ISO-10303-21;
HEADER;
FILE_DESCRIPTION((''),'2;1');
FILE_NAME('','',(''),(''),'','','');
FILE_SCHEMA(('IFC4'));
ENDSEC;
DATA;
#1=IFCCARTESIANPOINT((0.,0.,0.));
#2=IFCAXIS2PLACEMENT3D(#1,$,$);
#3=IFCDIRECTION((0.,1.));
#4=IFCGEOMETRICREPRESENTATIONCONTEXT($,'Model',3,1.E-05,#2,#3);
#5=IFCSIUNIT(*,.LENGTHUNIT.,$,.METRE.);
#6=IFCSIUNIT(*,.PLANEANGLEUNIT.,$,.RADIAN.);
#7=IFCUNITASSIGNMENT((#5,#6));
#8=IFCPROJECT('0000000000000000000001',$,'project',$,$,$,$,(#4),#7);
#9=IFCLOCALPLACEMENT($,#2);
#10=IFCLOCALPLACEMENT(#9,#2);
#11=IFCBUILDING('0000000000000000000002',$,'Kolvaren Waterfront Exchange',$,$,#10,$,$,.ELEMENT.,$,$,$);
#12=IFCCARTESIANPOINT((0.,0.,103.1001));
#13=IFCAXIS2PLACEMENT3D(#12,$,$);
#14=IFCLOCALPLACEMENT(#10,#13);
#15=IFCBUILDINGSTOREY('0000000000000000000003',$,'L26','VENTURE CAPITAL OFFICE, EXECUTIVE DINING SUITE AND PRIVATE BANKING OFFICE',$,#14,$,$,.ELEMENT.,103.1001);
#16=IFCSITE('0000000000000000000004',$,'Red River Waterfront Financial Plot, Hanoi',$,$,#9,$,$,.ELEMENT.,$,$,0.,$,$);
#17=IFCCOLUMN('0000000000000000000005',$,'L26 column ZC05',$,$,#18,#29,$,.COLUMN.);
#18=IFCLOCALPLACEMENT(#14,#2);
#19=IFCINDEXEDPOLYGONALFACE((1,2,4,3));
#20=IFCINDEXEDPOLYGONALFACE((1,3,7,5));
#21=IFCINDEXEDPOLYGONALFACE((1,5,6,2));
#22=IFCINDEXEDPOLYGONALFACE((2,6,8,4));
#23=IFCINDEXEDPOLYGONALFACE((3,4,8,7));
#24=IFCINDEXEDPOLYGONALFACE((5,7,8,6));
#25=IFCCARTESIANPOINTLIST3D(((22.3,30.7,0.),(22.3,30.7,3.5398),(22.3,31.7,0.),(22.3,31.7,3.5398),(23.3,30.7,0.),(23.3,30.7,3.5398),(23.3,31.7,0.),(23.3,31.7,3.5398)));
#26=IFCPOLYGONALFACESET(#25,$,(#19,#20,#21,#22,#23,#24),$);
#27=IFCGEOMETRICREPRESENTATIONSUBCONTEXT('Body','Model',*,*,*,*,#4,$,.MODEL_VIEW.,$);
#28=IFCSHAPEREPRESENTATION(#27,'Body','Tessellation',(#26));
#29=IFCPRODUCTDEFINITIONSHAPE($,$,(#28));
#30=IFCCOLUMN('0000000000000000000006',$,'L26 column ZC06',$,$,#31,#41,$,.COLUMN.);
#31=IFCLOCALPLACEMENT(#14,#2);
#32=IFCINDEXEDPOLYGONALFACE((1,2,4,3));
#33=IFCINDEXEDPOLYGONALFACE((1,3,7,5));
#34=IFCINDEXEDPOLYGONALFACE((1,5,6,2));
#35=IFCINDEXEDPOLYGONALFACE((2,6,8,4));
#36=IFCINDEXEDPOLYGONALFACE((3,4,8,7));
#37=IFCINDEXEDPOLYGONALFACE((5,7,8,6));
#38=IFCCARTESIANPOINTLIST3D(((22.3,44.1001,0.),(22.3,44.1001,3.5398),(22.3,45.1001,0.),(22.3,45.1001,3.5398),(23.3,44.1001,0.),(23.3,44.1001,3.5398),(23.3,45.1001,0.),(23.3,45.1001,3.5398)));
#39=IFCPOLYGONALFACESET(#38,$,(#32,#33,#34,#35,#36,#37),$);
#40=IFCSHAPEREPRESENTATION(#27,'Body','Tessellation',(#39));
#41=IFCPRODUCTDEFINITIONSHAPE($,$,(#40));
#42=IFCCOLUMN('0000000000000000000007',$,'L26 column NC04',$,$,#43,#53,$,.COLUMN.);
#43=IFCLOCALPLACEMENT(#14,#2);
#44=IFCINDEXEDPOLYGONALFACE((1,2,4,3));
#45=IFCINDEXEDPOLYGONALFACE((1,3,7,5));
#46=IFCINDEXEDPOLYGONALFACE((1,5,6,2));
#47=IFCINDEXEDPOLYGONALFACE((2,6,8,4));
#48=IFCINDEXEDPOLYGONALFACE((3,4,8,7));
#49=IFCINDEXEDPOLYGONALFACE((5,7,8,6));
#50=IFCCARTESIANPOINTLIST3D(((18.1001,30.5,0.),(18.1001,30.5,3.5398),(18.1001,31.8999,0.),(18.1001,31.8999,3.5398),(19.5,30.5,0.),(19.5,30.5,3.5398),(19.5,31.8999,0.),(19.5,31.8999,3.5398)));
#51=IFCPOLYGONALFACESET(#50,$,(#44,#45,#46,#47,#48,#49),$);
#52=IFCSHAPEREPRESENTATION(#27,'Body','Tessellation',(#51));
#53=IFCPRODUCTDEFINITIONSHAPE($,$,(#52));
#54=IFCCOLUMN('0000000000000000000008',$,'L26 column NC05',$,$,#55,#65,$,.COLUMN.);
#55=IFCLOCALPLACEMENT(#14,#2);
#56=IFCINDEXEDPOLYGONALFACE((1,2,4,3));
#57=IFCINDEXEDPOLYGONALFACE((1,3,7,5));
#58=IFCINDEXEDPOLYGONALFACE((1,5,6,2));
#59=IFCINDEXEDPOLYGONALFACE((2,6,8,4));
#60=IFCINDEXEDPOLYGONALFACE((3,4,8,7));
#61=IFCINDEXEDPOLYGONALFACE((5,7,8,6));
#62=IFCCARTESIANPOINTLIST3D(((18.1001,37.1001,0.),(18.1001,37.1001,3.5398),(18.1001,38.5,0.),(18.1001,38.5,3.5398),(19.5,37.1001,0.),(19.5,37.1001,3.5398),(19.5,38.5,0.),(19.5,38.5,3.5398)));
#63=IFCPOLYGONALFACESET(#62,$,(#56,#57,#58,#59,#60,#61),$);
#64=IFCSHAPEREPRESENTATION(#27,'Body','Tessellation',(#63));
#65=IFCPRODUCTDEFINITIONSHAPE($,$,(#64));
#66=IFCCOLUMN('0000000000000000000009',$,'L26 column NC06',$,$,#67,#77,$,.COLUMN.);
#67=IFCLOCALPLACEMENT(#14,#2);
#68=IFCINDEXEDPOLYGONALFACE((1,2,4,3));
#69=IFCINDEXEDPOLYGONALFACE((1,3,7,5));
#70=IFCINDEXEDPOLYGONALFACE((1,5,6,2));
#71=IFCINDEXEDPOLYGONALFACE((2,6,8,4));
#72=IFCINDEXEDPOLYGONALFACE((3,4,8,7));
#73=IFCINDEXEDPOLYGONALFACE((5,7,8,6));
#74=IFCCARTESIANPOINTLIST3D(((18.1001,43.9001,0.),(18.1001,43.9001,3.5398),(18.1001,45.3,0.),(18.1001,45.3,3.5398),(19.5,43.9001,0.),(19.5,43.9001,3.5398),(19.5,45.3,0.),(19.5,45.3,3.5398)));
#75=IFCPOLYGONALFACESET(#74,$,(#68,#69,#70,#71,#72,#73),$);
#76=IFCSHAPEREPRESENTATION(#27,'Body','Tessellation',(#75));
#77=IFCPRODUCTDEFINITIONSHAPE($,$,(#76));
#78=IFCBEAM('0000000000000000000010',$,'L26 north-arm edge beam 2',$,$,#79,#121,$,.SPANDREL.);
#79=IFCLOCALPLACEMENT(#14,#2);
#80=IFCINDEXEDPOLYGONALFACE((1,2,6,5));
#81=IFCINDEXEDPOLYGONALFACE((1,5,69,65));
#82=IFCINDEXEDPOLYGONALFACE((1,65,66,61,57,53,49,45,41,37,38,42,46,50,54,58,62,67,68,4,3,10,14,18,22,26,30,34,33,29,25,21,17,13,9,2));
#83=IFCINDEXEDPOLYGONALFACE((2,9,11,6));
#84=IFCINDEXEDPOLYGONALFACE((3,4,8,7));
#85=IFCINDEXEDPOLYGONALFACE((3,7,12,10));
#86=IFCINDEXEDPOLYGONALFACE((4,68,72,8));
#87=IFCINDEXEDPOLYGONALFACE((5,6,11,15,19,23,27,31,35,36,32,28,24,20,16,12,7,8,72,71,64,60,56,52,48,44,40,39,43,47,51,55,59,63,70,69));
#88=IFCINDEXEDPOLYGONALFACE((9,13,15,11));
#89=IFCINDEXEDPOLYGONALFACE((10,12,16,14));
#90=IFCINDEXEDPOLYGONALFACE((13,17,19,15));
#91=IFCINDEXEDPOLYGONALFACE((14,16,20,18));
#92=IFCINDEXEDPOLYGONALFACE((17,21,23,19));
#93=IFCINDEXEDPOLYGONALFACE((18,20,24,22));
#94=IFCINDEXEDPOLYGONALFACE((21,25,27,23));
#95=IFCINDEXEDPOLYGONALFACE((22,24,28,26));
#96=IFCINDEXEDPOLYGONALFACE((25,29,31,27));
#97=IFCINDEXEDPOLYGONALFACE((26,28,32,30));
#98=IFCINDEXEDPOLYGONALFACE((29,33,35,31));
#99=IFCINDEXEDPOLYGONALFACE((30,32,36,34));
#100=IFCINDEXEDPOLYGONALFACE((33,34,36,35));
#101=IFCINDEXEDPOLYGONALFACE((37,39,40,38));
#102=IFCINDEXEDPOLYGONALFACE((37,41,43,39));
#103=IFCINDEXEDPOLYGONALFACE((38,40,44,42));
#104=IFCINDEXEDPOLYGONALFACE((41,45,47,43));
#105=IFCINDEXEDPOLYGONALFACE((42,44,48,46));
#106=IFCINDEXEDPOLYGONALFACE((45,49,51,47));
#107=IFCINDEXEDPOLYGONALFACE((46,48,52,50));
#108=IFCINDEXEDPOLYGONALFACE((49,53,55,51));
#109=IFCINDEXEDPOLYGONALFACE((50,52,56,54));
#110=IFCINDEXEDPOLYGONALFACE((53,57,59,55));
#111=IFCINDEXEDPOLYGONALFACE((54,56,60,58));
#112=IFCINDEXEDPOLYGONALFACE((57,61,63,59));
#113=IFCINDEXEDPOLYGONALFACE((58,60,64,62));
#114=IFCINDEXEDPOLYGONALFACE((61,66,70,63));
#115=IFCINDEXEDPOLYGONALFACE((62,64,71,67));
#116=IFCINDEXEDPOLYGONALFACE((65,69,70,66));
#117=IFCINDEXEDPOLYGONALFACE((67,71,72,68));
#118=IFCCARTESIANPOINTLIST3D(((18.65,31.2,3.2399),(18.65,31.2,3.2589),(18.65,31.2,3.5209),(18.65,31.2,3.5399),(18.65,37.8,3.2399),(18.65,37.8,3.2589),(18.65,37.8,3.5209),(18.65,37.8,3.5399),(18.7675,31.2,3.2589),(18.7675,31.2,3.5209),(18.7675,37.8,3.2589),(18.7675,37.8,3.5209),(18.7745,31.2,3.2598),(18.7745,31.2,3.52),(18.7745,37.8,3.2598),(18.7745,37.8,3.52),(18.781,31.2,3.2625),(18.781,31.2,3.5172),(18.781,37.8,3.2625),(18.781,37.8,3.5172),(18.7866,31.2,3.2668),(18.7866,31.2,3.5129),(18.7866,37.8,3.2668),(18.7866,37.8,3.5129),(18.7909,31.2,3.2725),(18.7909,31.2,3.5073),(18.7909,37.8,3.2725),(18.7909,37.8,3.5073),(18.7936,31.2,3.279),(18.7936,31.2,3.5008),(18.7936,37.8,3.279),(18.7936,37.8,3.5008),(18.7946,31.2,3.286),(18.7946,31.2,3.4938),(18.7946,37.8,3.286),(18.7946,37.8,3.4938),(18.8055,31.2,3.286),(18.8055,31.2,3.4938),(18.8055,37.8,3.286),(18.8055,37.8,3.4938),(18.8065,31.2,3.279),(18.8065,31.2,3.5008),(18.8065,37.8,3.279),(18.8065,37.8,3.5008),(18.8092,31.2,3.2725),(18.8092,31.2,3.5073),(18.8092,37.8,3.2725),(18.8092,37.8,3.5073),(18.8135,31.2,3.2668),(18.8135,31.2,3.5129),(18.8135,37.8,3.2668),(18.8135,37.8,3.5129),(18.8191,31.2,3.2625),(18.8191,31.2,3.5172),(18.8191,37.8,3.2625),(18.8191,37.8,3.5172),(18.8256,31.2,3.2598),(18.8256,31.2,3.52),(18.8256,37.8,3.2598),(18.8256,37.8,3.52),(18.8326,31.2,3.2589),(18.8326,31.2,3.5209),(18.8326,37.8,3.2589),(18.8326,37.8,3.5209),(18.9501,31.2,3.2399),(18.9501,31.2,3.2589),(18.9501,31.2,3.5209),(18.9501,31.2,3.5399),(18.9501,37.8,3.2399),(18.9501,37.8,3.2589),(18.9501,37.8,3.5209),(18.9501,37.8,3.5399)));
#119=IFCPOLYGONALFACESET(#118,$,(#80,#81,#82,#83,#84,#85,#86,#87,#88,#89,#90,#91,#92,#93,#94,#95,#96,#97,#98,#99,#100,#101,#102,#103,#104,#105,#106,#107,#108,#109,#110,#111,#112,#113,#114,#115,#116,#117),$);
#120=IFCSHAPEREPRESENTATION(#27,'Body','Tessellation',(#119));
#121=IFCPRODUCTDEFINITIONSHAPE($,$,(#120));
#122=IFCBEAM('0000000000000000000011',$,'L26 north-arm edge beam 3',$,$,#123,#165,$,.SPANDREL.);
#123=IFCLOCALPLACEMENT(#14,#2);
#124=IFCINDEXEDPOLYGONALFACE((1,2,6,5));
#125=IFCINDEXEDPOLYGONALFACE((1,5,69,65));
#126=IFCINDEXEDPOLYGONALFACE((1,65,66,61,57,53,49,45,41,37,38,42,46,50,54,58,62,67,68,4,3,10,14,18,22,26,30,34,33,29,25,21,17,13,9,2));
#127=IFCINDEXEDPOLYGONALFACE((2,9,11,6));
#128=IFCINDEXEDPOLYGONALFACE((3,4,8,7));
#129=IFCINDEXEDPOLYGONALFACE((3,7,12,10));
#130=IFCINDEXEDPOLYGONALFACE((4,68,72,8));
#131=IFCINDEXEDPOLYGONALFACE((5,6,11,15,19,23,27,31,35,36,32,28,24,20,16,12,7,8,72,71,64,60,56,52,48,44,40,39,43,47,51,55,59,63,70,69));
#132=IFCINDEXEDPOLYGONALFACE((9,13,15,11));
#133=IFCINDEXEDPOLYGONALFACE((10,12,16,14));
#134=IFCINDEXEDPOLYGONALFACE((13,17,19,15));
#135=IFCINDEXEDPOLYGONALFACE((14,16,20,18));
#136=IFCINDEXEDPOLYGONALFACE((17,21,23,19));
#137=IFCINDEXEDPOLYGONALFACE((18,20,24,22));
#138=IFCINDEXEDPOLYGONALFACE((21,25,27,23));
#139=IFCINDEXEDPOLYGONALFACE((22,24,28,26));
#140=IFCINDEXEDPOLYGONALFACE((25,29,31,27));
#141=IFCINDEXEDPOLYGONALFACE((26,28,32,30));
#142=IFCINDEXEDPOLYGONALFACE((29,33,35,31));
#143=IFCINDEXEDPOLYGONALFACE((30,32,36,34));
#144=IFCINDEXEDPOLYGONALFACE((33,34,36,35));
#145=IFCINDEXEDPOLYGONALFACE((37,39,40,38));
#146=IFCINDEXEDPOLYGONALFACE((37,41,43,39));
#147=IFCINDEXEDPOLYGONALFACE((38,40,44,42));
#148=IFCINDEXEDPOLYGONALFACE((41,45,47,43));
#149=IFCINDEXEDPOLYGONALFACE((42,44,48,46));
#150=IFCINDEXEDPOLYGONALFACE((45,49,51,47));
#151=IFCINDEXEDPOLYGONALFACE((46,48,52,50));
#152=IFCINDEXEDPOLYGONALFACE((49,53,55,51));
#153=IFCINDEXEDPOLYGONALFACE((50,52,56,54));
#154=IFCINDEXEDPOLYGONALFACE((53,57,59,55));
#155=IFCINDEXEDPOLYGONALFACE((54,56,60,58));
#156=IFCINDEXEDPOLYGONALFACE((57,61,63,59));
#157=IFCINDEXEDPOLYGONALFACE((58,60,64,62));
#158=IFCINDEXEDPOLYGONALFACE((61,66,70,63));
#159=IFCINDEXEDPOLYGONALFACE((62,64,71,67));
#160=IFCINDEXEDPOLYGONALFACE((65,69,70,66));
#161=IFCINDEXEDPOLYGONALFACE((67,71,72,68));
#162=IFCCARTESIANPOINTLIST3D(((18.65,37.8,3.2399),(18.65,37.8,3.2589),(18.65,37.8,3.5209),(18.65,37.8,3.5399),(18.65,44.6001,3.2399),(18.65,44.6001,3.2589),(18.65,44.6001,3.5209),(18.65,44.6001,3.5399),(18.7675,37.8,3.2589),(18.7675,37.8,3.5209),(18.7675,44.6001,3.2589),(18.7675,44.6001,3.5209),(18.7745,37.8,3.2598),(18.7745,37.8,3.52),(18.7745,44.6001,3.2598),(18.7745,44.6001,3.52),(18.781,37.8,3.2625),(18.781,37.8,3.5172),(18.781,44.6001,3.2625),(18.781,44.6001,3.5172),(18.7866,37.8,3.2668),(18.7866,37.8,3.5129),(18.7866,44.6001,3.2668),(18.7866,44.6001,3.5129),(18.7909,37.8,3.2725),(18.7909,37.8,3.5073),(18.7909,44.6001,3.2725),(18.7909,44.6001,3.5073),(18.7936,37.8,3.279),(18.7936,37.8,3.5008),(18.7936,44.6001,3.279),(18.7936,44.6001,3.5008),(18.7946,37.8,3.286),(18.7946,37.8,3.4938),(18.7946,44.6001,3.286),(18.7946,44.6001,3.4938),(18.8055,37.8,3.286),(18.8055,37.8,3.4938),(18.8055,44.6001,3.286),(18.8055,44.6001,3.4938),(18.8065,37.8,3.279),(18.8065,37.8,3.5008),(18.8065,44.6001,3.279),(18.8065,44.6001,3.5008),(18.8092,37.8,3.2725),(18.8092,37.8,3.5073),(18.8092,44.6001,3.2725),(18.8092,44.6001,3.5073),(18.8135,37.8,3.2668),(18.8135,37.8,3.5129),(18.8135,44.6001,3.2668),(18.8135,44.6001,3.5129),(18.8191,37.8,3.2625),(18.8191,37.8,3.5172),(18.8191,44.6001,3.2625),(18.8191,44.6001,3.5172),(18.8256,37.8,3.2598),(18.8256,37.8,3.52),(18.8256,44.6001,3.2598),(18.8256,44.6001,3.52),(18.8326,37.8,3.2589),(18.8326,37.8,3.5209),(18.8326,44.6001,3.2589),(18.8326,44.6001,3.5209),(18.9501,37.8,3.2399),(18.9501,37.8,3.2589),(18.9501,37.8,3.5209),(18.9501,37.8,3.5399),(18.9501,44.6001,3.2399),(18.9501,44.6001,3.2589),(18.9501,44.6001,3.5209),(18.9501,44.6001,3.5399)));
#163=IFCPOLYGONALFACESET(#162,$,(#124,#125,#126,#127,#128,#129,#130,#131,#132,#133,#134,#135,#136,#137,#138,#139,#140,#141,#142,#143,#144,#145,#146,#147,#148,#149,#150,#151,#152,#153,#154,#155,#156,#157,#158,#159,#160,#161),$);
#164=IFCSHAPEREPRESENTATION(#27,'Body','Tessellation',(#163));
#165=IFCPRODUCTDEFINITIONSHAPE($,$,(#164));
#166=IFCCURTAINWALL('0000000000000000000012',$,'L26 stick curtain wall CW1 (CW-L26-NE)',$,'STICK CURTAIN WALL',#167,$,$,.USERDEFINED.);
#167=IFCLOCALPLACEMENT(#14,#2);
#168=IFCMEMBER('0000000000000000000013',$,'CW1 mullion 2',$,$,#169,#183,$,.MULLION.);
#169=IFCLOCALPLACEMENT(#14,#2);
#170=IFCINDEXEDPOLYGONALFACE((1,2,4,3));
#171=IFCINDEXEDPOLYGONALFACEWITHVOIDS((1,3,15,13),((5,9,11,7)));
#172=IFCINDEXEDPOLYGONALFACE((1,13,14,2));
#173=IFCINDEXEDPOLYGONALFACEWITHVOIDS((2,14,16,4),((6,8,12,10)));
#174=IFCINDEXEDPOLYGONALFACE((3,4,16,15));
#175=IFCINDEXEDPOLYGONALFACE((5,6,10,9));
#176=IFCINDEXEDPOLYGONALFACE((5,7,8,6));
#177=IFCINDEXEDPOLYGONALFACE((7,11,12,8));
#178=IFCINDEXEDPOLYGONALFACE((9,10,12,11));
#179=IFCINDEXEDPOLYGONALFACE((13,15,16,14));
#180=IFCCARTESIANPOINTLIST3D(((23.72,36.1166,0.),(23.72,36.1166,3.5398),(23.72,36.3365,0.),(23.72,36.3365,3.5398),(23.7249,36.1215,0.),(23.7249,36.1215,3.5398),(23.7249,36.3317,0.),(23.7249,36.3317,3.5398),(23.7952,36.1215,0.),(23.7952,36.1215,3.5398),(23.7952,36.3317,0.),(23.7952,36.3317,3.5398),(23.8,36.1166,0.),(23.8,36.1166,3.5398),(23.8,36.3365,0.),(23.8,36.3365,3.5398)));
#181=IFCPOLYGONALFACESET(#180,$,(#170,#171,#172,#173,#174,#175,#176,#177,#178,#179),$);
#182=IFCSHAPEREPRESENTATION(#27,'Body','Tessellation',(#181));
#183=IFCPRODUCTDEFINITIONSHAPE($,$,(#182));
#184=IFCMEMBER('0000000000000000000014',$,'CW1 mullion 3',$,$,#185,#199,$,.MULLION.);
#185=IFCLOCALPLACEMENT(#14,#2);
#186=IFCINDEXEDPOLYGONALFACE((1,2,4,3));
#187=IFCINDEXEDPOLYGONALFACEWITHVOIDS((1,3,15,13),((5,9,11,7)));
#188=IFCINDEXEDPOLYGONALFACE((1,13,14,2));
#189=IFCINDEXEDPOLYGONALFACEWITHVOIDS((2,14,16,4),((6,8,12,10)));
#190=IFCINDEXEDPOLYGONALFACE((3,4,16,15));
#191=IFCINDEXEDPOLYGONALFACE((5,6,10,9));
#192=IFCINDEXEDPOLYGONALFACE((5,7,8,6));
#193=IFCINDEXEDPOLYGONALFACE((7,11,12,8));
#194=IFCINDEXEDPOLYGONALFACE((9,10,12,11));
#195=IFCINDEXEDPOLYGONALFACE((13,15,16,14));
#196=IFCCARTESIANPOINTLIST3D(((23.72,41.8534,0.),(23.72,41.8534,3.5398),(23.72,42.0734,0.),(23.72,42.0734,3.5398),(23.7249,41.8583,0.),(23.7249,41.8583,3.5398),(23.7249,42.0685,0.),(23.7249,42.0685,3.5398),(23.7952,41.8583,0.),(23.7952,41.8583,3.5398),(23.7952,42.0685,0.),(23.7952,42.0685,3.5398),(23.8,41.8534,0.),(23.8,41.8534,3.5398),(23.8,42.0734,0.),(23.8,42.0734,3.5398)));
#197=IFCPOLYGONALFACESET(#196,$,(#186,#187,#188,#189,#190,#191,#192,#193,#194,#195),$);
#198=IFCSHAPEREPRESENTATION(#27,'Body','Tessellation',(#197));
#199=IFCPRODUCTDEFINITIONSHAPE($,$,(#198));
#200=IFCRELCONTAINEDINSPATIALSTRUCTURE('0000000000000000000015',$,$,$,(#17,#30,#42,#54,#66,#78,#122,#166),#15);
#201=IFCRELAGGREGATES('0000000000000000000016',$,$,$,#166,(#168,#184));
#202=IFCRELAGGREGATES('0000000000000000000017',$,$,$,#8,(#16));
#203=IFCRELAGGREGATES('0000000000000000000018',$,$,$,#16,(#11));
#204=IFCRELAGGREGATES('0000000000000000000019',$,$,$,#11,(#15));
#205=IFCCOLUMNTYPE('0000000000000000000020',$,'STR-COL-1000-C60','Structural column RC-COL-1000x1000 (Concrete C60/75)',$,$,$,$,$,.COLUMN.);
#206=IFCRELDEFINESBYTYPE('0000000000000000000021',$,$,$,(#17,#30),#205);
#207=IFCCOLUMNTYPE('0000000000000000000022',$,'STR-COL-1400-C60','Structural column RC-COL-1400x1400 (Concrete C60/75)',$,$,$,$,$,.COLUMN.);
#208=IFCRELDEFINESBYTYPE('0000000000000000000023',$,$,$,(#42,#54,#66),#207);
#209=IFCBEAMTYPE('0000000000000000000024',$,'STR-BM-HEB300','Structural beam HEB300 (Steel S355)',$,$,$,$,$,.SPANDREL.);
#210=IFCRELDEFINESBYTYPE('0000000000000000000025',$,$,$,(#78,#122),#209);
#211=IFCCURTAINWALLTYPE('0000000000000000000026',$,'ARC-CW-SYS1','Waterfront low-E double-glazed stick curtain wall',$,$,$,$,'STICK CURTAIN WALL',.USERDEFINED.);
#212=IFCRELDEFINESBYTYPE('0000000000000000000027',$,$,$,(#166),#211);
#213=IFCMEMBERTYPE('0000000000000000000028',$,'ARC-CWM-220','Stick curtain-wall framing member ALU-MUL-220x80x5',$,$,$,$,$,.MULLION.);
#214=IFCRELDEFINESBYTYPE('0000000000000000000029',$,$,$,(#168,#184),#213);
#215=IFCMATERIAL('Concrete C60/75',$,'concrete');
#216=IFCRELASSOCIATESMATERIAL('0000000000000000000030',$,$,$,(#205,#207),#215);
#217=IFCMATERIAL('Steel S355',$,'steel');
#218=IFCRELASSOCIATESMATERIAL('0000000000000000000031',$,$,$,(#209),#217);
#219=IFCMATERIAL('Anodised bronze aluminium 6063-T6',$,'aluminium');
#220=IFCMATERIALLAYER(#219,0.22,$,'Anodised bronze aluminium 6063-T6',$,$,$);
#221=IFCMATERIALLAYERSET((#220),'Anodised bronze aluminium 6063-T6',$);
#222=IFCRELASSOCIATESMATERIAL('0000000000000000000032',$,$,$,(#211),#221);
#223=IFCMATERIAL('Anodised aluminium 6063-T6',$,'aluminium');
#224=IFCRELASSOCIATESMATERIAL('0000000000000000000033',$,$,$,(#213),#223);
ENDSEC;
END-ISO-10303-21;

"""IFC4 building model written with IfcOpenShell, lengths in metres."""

from ifc_helpers import new_model, si_unit, direction, frame, origin, origin_with_axes, origin_2d, place, context, subcontext, project, spatial, rectangle, hollow_rectangle, i_section, extrude, source, transform, mapped, material, layer, layer_set, material_profile, profile_set, type_object, element, aggregate, save


model = new_model("IFC4")

# Units and contexts
model_context = context("Model", 3, precision=1e-05, world=origin(), true_north=direction((0.0, 1.0)))
body_context = subcontext(model_context, "Body", "Model", "MODEL_VIEW")
ifc_project = project(units=[si_unit("LENGTHUNIT", "METRE"), si_unit("PLANEANGLEUNIT", "RADIAN")], contexts=[model_context])

# Site, building, storey
site_placement = place(None, origin())
site = spatial("IfcSite", under=ifc_project, at=site_placement, Name="Red River Waterfront Financial Plot, Hanoi", CompositionType="ELEMENT", RefElevation=0.0)
building_placement = place(site_placement, origin())
building = spatial("IfcBuilding", under=site, at=building_placement, Name="Kolvaren Waterfront Exchange", CompositionType="ELEMENT")
storey_placement = place(building_placement, frame((0.0, 0.0, 103.1001)))
storey = spatial("IfcBuildingStorey", under=building, at=storey_placement, Name="L26", Description="VENTURE CAPITAL OFFICE, EXECUTIVE DINING SUITE AND PRIVATE BANKING OFFICE", CompositionType="ELEMENT", Elevation=103.1001)

# Columns
ifc_material_1 = material(Name="Concrete C60/75", Category="concrete")
ifc_material_profile_1 = material_profile(ifc_material_1, rectangle(XDim=1.0, YDim=1.0, at=origin_2d()), Name="RC-COL-1000x1000")
ifc_profile_set_1 = profile_set([ifc_material_profile_1], Name="Concrete C60/75")
column_type_1 = type_object("IfcColumnType", Name="STR-COL-1000-C60", Description="Structural column RC-COL-1000x1000 (Concrete C60/75)", PredefinedType="COLUMN", material=ifc_profile_set_1)
for number, where, z_axis, x_axis, name in (
    (1, (22.8, 31.2, 0.0), (0.0, 0.0, 1.0), (1.0, 0.0, 0.0), "L26 column ZC05"),
    (2, (22.8, 44.6001, 0.0), (0.0, 0.0, 1.0), (1.0, 0.0, 0.0), "L26 column ZC06"),
):
    element("IfcColumn", number, at=place(storey_placement, frame(where, z_axis=z_axis, x_axis=x_axis)), inside=storey, type_object=column_type_1, Name=name, PredefinedType="COLUMN", context=body_context, shape_type="SweptSolid", body=[
        extrude(rectangle(XDim=1.0, YDim=1.0, at=origin_2d()), origin(), (0.0, 0.0, 1.0), 3.5398),
    ])
ifc_material_profile_2 = material_profile(ifc_material_1, rectangle(XDim=1.3999, YDim=1.3999, at=origin_2d()), Name="RC-COL-1400x1400")
ifc_profile_set_2 = profile_set([ifc_material_profile_2], Name="Concrete C60/75")
column_type_2 = type_object("IfcColumnType", Name="STR-COL-1400-C60", Description="Structural column RC-COL-1400x1400 (Concrete C60/75)", PredefinedType="COLUMN", material=ifc_profile_set_2)
for number, where, z_axis, x_axis, name in (
    (3, (18.8, 31.2, 0.0), (0.0, 0.0, 1.0), (1.0, 0.0, 0.0), "L26 column NC04"),
    (4, (18.8, 37.8, 0.0), (0.0, 0.0, 1.0), (1.0, 0.0, 0.0), "L26 column NC05"),
    (5, (18.8, 44.6001, 0.0), (0.0, 0.0, 1.0), (1.0, 0.0, 0.0), "L26 column NC06"),
):
    element("IfcColumn", number, at=place(storey_placement, frame(where, z_axis=z_axis, x_axis=x_axis)), inside=storey, type_object=column_type_2, Name=name, PredefinedType="COLUMN", context=body_context, shape_type="SweptSolid", body=[
        extrude(rectangle(XDim=1.3999, YDim=1.3999, at=origin_2d()), origin(), (0.0, 0.0, 1.0), 3.5398),
    ])

# Beams
ifc_material_2 = material(Name="Steel S355", Category="steel")
ifc_material_profile_3 = material_profile(ifc_material_2, i_section(OverallWidth=0.3, OverallDepth=0.3, WebThickness=0.011, FlangeThickness=0.019, FilletRadius=0.0271, at=origin_2d()), Name="HEB300")
ifc_profile_set_3 = profile_set([ifc_material_profile_3], Name="Steel S355")
beam_type = type_object("IfcBeamType", Name="STR-BM-HEB300", Description="Structural beam HEB300 (Steel S355)", PredefinedType="SPANDREL", material=ifc_profile_set_3)
beam_1_placement = place(storey_placement, frame((18.8, 31.2, 3.3899), z_axis=(0.0, 1.0, 0.0), x_axis=(-1.0, 0.0, 0.0)))
element("IfcBeam", 6, at=beam_1_placement, inside=storey, type_object=beam_type, Name="L26 north-arm edge beam 2", PredefinedType="SPANDREL", context=body_context, shape_type="SweptSolid", body=[
    extrude(i_section(OverallWidth=0.3, OverallDepth=0.3, WebThickness=0.011, FlangeThickness=0.019, FilletRadius=0.0271, at=origin_2d()), origin(), (0.0, 0.0, 1.0), 6.6001),
])
beam_2_placement = place(storey_placement, frame((18.8, 37.8, 3.3899), z_axis=(0.0, 1.0, 0.0), x_axis=(-1.0, 0.0, 0.0)))
element("IfcBeam", 7, at=beam_2_placement, inside=storey, type_object=beam_type, Name="L26 north-arm edge beam 3", PredefinedType="SPANDREL", context=body_context, shape_type="SweptSolid", body=[
    extrude(i_section(OverallWidth=0.3, OverallDepth=0.3, WebThickness=0.011, FlangeThickness=0.019, FilletRadius=0.0271, at=origin_2d()), origin(), (0.0, 0.0, 1.0), 6.8),
])

# Curtain wall, members
ifc_material_3 = material(Name="Anodised bronze aluminium 6063-T6", Category="aluminium")
ifc_layer_1 = layer(ifc_material_3, 0.22, Name="Anodised bronze aluminium 6063-T6")
ifc_layer_set_1 = layer_set([ifc_layer_1], Name="Anodised bronze aluminium 6063-T6")
curtain_wall_type = type_object("IfcCurtainWallType", Name="ARC-CW-SYS1", Description="Waterfront low-E double-glazed stick curtain wall", ElementType="STICK CURTAIN WALL", PredefinedType="USERDEFINED", material=ifc_layer_set_1)
curtain_wall_placement = place(storey_placement, origin())
curtain_wall = element("IfcCurtainWall", 8, at=curtain_wall_placement, inside=storey, type_object=curtain_wall_type, Name="L26 stick curtain wall CW1 (CW-L26-NE)", ObjectType="STICK CURTAIN WALL", PredefinedType="USERDEFINED")
ifc_material_4 = material(Name="Anodised aluminium 6063-T6", Category="aluminium")
ifc_material_profile_4 = material_profile(ifc_material_4, hollow_rectangle(XDim=0.0801, YDim=0.22, WallThickness=0.0049, at=origin_2d()), Name="ALU-MUL-220x80x5")
ifc_profile_set_4 = profile_set([ifc_material_profile_4], Name="Anodised aluminium 6063-T6")
member_type_1 = type_object("IfcMemberType", Name="ARC-CWM-220", Description="Stick curtain-wall framing member ALU-MUL-220x80x5", PredefinedType="MULLION", material=ifc_profile_set_4)
shared_shape_1 = source(origin_with_axes(), body_context, "Body", "SweptSolid", [
    extrude(hollow_rectangle(XDim=0.0801, YDim=0.22, WallThickness=0.0049, at=origin_2d()), origin(), (0.0, 0.0, 1.0), 3.5398),
])
member_1_placement = place(storey_placement, frame((23.76, 36.2266, 0.0), z_axis=(0.0, 0.0, 1.0), x_axis=(-1.0, 0.0, 0.0)))
member_1 = element("IfcMember", 9, at=member_1_placement, type_object=member_type_1, Name="CW1 mullion 2", PredefinedType="MULLION", context=body_context, shape_type="MappedRepresentation", body=[
    mapped(shared_shape_1, transform((0.0, 0.0, 0.0), x_axis=(1.0, 0.0, 0.0), y_axis=(0.0, 1.0, 0.0), z_axis=(0.0, 0.0, 1.0), scale=1.0)),
])
member_2_placement = place(storey_placement, frame((23.76, 41.9634, 0.0), z_axis=(0.0, 0.0, 1.0), x_axis=(-1.0, 0.0, 0.0)))
member_2 = element("IfcMember", 10, at=member_2_placement, type_object=member_type_1, Name="CW1 mullion 3", PredefinedType="MULLION", context=body_context, shape_type="MappedRepresentation", body=[
    mapped(shared_shape_1, transform((0.0, 0.0, 0.0), x_axis=(1.0, 0.0, 0.0), y_axis=(0.0, 1.0, 0.0), z_axis=(0.0, 0.0, 1.0), scale=1.0)),
])
aggregate(curtain_wall, [member_1, member_2])

save(model, "model.ifc")
